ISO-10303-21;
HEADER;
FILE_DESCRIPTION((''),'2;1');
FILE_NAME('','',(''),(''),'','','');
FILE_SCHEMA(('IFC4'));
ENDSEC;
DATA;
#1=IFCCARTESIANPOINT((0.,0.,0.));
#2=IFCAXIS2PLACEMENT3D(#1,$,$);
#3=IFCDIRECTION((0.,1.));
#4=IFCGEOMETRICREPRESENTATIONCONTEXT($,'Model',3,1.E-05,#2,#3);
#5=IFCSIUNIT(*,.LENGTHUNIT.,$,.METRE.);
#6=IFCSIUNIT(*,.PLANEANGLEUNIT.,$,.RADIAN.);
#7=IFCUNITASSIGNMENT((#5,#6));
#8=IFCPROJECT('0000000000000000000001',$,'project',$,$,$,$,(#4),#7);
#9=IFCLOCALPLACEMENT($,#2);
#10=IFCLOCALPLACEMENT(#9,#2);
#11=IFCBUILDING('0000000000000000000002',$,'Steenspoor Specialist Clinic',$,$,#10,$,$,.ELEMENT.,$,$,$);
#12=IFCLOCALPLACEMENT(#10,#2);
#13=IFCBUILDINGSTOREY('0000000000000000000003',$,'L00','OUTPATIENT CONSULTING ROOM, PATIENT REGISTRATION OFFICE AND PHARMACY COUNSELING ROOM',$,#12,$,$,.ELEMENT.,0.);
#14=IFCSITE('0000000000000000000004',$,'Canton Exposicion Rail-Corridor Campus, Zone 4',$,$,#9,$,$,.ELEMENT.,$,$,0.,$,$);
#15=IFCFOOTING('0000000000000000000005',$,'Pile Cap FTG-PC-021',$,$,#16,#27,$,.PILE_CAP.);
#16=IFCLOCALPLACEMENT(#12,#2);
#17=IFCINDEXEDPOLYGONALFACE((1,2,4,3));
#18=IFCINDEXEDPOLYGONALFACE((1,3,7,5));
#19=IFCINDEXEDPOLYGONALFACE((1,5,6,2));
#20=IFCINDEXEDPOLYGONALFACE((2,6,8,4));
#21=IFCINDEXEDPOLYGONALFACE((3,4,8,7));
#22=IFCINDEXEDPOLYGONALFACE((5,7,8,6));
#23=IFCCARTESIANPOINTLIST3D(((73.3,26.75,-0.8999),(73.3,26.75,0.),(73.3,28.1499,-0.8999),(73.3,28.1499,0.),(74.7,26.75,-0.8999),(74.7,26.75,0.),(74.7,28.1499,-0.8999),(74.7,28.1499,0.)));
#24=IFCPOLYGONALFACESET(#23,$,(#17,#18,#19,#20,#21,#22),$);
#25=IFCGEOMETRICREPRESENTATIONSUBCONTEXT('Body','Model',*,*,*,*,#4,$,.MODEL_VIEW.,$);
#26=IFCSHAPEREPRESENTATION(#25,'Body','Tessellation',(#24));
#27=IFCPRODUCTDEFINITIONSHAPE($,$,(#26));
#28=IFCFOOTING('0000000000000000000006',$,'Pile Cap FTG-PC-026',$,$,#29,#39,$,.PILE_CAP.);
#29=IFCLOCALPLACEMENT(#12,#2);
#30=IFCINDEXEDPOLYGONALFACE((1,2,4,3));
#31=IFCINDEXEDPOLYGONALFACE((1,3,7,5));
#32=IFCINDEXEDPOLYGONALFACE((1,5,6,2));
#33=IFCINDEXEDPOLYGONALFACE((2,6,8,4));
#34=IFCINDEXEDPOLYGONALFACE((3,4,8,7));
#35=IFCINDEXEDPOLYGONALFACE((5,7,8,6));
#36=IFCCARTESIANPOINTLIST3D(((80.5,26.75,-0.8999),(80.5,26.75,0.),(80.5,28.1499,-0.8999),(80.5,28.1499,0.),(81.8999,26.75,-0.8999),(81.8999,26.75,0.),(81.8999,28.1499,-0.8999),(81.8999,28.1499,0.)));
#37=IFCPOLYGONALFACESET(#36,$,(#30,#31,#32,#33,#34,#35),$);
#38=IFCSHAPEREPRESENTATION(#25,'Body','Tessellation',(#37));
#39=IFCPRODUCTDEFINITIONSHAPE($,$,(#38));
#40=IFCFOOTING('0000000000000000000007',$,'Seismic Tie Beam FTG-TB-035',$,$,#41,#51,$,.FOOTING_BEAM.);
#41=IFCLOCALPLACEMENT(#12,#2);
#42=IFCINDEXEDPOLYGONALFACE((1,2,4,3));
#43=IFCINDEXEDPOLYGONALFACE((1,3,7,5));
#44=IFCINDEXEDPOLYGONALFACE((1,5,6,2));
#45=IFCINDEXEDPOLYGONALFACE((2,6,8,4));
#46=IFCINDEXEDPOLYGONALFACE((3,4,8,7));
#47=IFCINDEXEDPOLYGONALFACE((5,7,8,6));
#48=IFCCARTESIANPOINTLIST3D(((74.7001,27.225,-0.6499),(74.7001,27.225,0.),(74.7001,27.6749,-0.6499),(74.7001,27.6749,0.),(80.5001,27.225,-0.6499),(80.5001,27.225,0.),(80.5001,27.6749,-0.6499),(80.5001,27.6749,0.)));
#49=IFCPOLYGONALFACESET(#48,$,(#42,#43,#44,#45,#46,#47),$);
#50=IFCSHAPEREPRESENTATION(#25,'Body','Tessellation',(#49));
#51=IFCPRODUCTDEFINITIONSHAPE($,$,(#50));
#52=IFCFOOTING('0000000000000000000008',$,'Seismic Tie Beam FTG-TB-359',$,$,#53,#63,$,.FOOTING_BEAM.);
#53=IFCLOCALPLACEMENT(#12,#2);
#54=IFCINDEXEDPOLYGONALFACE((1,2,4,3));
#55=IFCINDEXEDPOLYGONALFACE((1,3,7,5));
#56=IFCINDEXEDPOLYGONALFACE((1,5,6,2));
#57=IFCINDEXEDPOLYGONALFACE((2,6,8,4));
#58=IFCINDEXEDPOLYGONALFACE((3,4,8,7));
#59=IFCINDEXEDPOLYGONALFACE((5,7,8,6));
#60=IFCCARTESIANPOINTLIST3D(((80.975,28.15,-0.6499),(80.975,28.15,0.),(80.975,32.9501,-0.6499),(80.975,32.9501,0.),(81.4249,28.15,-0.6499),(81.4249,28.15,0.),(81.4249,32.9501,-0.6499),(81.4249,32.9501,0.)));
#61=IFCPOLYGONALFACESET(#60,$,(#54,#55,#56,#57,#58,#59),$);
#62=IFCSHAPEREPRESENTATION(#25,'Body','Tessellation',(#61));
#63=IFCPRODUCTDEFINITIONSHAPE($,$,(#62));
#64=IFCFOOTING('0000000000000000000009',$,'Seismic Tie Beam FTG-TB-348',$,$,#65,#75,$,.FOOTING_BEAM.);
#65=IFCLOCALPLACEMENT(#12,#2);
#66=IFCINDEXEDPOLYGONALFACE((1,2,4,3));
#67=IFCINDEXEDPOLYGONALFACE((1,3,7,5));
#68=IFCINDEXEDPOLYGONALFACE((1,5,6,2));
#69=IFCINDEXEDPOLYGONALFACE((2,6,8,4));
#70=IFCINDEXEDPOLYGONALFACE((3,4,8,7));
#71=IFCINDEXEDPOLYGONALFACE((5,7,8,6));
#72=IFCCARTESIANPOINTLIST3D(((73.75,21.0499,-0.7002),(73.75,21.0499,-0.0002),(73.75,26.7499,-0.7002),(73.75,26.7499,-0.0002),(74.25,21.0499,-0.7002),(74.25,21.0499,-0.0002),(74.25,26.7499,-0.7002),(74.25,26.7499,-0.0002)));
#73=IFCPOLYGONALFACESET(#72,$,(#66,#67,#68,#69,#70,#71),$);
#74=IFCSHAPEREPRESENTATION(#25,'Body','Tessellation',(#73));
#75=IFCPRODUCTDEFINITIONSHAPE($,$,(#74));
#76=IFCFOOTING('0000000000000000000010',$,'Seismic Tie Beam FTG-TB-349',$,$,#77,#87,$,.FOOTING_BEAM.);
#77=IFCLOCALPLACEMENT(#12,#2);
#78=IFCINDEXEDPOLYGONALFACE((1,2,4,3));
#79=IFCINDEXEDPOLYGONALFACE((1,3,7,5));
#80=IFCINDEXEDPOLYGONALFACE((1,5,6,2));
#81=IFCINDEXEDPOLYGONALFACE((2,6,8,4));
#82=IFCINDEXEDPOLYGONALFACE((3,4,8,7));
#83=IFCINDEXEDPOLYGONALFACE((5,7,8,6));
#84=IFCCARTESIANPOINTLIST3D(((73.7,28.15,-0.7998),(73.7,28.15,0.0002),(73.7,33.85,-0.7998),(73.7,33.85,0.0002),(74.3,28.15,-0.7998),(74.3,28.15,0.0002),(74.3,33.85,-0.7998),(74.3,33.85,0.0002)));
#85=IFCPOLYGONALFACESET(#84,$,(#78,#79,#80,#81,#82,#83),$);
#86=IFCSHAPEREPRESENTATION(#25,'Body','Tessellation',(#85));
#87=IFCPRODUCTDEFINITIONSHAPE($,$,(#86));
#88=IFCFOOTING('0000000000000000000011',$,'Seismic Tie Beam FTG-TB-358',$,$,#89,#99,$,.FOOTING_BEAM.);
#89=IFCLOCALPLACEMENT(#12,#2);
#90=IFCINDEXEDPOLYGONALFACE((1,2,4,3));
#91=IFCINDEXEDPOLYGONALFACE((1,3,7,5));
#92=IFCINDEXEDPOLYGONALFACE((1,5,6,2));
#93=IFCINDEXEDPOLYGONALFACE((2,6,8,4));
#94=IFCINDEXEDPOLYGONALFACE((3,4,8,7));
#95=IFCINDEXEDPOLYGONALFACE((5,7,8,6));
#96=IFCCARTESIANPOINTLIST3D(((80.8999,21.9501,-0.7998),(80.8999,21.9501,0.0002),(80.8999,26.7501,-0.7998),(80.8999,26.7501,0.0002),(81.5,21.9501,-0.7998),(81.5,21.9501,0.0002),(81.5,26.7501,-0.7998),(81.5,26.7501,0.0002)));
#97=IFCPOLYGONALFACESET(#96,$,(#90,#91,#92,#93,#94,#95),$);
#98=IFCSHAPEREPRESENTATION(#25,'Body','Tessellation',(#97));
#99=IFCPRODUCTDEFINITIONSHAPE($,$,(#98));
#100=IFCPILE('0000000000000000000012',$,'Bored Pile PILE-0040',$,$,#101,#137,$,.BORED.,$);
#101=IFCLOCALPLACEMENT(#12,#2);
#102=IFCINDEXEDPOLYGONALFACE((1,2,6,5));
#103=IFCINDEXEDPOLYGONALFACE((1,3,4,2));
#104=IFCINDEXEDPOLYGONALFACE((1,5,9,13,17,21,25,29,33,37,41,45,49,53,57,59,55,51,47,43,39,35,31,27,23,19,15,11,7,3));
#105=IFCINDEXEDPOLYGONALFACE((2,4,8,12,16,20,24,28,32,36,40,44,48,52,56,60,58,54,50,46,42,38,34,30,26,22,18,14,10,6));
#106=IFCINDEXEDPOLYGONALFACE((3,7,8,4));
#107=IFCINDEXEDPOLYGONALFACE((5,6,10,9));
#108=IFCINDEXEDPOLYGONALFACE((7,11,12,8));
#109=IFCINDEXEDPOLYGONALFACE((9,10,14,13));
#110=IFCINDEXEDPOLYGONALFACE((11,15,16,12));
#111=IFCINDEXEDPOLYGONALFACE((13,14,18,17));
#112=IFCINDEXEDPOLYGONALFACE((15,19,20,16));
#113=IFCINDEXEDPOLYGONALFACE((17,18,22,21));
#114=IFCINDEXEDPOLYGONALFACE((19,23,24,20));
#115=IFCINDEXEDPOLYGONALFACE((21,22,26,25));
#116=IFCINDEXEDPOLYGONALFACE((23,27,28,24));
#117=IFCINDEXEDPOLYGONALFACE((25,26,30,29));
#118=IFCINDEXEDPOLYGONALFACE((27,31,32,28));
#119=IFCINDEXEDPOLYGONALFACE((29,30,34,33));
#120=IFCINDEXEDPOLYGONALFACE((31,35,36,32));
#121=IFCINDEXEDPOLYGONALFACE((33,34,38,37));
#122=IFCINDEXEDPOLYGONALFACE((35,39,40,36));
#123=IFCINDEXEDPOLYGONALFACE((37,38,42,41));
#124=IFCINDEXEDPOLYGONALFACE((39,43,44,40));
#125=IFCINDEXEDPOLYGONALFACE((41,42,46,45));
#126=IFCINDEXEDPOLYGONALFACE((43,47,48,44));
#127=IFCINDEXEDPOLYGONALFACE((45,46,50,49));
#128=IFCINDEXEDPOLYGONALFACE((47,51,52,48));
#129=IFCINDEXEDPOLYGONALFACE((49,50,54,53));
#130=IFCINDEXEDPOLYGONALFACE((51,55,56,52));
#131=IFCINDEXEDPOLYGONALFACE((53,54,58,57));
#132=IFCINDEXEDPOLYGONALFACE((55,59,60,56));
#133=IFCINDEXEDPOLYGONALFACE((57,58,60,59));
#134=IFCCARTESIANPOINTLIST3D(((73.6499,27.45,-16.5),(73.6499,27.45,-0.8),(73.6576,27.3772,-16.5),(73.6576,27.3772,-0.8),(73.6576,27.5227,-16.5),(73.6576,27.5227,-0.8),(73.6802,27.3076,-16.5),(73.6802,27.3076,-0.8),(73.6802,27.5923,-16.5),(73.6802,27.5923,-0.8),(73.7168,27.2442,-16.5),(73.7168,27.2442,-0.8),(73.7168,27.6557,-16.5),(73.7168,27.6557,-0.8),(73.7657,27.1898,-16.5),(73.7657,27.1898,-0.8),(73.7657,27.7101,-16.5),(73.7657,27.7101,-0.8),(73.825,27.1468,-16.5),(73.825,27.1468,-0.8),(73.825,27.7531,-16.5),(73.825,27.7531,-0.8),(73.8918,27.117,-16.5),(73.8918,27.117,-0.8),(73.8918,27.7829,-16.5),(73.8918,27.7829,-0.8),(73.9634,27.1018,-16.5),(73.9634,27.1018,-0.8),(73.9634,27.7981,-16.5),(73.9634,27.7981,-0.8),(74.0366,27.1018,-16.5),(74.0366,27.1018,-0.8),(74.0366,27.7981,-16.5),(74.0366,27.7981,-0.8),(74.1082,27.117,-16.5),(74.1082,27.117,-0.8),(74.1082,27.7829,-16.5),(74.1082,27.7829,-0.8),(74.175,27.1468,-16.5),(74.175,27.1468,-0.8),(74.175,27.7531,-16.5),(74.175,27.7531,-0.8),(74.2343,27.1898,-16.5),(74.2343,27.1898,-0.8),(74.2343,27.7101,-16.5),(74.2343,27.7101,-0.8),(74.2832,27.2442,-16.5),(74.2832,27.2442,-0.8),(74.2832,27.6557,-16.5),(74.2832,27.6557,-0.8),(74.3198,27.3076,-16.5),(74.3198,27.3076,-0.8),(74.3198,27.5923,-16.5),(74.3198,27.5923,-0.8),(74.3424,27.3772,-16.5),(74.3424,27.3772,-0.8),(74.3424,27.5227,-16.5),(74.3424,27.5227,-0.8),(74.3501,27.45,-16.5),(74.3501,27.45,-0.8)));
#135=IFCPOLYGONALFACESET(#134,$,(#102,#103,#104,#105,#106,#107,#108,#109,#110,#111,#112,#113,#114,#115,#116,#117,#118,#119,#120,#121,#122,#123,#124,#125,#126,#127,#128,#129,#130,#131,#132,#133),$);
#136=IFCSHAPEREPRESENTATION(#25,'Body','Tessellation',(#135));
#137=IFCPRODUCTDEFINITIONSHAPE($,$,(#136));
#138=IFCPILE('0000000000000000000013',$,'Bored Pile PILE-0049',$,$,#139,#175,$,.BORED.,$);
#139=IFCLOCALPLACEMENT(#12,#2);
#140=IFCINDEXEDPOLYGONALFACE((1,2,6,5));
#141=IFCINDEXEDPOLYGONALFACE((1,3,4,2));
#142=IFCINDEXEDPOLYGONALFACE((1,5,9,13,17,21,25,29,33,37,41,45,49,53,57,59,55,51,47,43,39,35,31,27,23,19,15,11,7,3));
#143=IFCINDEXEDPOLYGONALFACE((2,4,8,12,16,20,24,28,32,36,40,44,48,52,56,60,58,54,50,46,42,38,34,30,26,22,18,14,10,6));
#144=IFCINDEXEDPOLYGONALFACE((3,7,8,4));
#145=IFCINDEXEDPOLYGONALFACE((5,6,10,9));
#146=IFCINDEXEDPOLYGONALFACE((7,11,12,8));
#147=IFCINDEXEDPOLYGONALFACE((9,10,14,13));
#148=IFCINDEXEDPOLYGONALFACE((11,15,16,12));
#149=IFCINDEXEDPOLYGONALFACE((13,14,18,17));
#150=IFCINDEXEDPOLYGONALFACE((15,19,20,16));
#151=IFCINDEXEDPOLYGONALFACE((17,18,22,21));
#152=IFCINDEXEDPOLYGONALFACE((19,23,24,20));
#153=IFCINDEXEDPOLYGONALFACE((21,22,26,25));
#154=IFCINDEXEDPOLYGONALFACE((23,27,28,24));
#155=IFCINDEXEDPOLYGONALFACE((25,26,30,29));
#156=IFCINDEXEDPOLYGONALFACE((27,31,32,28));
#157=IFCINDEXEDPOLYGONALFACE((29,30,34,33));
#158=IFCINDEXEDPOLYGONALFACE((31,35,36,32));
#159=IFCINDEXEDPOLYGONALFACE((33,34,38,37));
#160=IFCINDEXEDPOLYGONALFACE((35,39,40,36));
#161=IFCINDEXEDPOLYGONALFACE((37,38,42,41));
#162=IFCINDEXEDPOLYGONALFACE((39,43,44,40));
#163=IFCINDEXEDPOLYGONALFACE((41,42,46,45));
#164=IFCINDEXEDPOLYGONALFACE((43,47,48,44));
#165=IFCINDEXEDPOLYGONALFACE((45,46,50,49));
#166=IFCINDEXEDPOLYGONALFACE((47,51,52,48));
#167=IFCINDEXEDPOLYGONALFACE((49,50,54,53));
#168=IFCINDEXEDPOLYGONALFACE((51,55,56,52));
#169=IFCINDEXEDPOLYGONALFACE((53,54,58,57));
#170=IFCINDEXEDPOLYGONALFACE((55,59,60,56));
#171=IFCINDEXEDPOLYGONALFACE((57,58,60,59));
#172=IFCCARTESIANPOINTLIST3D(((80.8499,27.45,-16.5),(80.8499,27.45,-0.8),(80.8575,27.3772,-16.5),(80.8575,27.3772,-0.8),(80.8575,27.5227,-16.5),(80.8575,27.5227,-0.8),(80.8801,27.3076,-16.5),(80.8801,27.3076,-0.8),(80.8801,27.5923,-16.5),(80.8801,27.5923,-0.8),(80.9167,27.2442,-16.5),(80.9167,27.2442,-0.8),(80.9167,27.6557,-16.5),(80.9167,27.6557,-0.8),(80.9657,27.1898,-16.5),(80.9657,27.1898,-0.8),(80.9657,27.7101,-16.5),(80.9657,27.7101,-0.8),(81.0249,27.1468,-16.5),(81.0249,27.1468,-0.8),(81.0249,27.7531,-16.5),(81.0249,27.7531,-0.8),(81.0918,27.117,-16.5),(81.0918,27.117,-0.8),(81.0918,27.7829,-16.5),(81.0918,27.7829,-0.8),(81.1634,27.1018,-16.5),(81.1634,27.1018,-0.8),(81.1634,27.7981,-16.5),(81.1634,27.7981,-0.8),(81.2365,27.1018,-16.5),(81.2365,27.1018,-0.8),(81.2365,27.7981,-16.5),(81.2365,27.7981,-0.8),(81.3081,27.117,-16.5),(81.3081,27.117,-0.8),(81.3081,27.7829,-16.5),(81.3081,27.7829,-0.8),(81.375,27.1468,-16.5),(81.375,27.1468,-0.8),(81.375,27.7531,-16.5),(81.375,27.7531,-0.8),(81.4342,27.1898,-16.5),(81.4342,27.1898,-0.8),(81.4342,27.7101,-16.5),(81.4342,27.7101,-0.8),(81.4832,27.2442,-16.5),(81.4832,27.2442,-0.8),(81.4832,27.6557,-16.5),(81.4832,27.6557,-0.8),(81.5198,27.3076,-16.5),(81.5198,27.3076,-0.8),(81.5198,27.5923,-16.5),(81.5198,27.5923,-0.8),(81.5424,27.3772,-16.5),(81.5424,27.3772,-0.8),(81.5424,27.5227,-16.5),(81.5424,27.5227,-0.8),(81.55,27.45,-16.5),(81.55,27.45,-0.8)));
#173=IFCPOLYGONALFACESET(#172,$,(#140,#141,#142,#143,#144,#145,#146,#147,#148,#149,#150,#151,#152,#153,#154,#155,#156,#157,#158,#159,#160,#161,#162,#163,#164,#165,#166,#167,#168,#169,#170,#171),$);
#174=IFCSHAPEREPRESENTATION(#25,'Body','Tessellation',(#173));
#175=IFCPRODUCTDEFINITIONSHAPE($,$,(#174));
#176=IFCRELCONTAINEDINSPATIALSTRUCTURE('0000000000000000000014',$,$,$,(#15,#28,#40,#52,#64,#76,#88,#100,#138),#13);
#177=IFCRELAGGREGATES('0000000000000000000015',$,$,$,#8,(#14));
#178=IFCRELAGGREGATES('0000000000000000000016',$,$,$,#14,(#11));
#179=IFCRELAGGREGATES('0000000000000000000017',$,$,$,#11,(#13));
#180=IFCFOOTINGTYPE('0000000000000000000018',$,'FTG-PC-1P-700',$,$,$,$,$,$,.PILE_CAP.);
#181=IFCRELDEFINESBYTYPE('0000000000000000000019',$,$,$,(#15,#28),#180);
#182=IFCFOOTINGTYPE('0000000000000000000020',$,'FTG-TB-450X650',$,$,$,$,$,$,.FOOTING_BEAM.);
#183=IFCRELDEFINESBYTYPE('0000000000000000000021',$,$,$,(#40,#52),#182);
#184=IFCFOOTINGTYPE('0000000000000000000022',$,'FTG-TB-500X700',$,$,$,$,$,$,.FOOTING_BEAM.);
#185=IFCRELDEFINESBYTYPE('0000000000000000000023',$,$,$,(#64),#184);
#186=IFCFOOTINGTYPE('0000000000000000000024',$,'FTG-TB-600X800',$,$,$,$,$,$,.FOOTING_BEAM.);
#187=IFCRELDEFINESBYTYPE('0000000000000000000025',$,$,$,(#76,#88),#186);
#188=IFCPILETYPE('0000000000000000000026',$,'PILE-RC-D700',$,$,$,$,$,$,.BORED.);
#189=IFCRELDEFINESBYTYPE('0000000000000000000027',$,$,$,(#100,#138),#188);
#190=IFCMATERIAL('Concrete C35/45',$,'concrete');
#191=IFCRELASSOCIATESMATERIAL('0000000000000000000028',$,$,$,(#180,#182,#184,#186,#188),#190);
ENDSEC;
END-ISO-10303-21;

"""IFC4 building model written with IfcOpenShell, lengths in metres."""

from ifc_helpers import new_model, si_unit, direction, frame, origin, origin_2d, place, context, subcontext, project, spatial, rectangle, circle, extrude, material, material_profile, profile_set, type_object, element, save


model = new_model("IFC4")

# Units and contexts
model_context = context("Model", 3, precision=1e-05, world=origin(), true_north=direction((0.0, 1.0)))
body_context = subcontext(model_context, "Body", "Model", "MODEL_VIEW")
ifc_project = project(units=[si_unit("LENGTHUNIT", "METRE"), si_unit("PLANEANGLEUNIT", "RADIAN")], contexts=[model_context])

# Site, building, storey
site_placement = place(None, origin())
site = spatial("IfcSite", under=ifc_project, at=site_placement, Name="Canton Exposicion Rail-Corridor Campus, Zone 4", CompositionType="ELEMENT", RefElevation=0.0)
building_placement = place(site_placement, origin())
building = spatial("IfcBuilding", under=site, at=building_placement, Name="Steenspoor Specialist Clinic", CompositionType="ELEMENT")
storey_placement = place(building_placement, origin())
storey = spatial("IfcBuildingStorey", under=building, at=storey_placement, Name="L00", Description="OUTPATIENT CONSULTING ROOM, PATIENT REGISTRATION OFFICE AND PHARMACY COUNSELING ROOM", CompositionType="ELEMENT", Elevation=0.0)

# Footings
ifc_material_1 = material(Name="Concrete C35/45", Category="concrete")
footing_type_1 = type_object("IfcFootingType", Name="FTG-PC-1P-700", PredefinedType="PILE_CAP", material=ifc_material_1)
for number, where, z_axis, x_axis, name in (
    (1, (74.0, 27.45, -0.8999), (0.0, 0.0, 1.0), (1.0, 0.0, 0.0), "Pile Cap FTG-PC-021"),
    (2, (81.2, 27.45, -0.8999), (0.0, 0.0, 1.0), (1.0, 0.0, 0.0), "Pile Cap FTG-PC-026"),
):
    element("IfcFooting", number, at=place(storey_placement, frame(where, z_axis=z_axis, x_axis=x_axis)), inside=storey, type_object=footing_type_1, Name=name, PredefinedType="PILE_CAP", context=body_context, shape_type="SweptSolid", body=[
        extrude(rectangle(XDim=1.3999, YDim=1.3999, at=origin_2d()), origin(), (0.0, 0.0, 1.0), 0.8999),
    ])
footing_type_2 = type_object("IfcFootingType", Name="FTG-TB-450X650", PredefinedType="FOOTING_BEAM", material=ifc_material_1)
footing_1_placement = place(storey_placement, frame((77.6001, 27.45, -0.6499), z_axis=(0.0, 0.0, 1.0), x_axis=(1.0, 0.0, 0.0)))
element("IfcFooting", 3, at=footing_1_placement, inside=storey, type_object=footing_type_2, Name="Seismic Tie Beam FTG-TB-035", PredefinedType="FOOTING_BEAM", context=body_context, shape_type="SweptSolid", body=[
    extrude(rectangle(XDim=5.8, YDim=0.45, at=origin_2d()), origin(), (0.0, 0.0, 1.0), 0.6499),
])
footing_2_placement = place(storey_placement, frame((81.2, 30.55, -0.6499), z_axis=(0.0, 0.0, 1.0), x_axis=(1.0, 0.0, 0.0)))
element("IfcFooting", 4, at=footing_2_placement, inside=storey, type_object=footing_type_2, Name="Seismic Tie Beam FTG-TB-359", PredefinedType="FOOTING_BEAM", context=body_context, shape_type="SweptSolid", body=[
    extrude(rectangle(XDim=0.45, YDim=4.8, at=origin_2d()), origin(), (0.0, 0.0, 1.0), 0.6499),
])
footing_type_3 = type_object("IfcFootingType", Name="FTG-TB-500X700", PredefinedType="FOOTING_BEAM", material=ifc_material_1)
footing_3_placement = place(storey_placement, frame((74.0, 23.8999, -0.7002), z_axis=(0.0, 0.0, 1.0), x_axis=(1.0, 0.0, 0.0)))
element("IfcFooting", 5, at=footing_3_placement, inside=storey, type_object=footing_type_3, Name="Seismic Tie Beam FTG-TB-348", PredefinedType="FOOTING_BEAM", context=body_context, shape_type="SweptSolid", body=[
    extrude(rectangle(XDim=0.5, YDim=5.7, at=origin_2d()), origin(), (0.0, 0.0, 1.0), 0.7),
])
footing_type_4 = type_object("IfcFootingType", Name="FTG-TB-600X800", PredefinedType="FOOTING_BEAM", material=ifc_material_1)
footing_4_placement = place(storey_placement, frame((74.0, 31.0, -0.7998), z_axis=(0.0, 0.0, 1.0), x_axis=(1.0, 0.0, 0.0)))
element("IfcFooting", 6, at=footing_4_placement, inside=storey, type_object=footing_type_4, Name="Seismic Tie Beam FTG-TB-349", PredefinedType="FOOTING_BEAM", context=body_context, shape_type="SweptSolid", body=[
    extrude(rectangle(XDim=0.6001, YDim=5.7, at=origin_2d()), origin(), (0.0, 0.0, 1.0), 0.8),
])
footing_5_placement = place(storey_placement, frame((81.2, 24.3501, -0.7998), z_axis=(0.0, 0.0, 1.0), x_axis=(1.0, 0.0, 0.0)))
element("IfcFooting", 7, at=footing_5_placement, inside=storey, type_object=footing_type_4, Name="Seismic Tie Beam FTG-TB-358", PredefinedType="FOOTING_BEAM", context=body_context, shape_type="SweptSolid", body=[
    extrude(rectangle(XDim=0.6001, YDim=4.8, at=origin_2d()), origin(), (0.0, 0.0, 1.0), 0.8),
])

# Piles
ifc_material_profile_1 = material_profile(ifc_material_1, circle(Radius=0.3501, at=origin_2d()), Name="PILE-D700")
ifc_profile_set_1 = profile_set([ifc_material_profile_1], Name="Concrete C35/45")
pile_type_1 = type_object("IfcPileType", Name="PILE-RC-D700", PredefinedType="BORED", material=ifc_profile_set_1)
for number, where, z_axis, x_axis, name in (
    (8, (74.0, 27.45, -0.8), (0.0, 0.0, -1.0), (1.0, 0.0, 0.0), "Bored Pile PILE-0040"),
    (9, (81.2, 27.45, -0.8), (0.0, 0.0, -1.0), (1.0, 0.0, 0.0), "Bored Pile PILE-0049"),
):
    element("IfcPile", number, at=place(storey_placement, frame(where, z_axis=z_axis, x_axis=x_axis)), inside=storey, type_object=pile_type_1, Name=name, PredefinedType="BORED", context=body_context, shape_type="SweptSolid", body=[
        extrude(circle(Radius=0.3501, at=origin_2d()), origin(), (0.0, 0.0, 1.0), 15.7),
    ])

save(model, "model.ifc")
